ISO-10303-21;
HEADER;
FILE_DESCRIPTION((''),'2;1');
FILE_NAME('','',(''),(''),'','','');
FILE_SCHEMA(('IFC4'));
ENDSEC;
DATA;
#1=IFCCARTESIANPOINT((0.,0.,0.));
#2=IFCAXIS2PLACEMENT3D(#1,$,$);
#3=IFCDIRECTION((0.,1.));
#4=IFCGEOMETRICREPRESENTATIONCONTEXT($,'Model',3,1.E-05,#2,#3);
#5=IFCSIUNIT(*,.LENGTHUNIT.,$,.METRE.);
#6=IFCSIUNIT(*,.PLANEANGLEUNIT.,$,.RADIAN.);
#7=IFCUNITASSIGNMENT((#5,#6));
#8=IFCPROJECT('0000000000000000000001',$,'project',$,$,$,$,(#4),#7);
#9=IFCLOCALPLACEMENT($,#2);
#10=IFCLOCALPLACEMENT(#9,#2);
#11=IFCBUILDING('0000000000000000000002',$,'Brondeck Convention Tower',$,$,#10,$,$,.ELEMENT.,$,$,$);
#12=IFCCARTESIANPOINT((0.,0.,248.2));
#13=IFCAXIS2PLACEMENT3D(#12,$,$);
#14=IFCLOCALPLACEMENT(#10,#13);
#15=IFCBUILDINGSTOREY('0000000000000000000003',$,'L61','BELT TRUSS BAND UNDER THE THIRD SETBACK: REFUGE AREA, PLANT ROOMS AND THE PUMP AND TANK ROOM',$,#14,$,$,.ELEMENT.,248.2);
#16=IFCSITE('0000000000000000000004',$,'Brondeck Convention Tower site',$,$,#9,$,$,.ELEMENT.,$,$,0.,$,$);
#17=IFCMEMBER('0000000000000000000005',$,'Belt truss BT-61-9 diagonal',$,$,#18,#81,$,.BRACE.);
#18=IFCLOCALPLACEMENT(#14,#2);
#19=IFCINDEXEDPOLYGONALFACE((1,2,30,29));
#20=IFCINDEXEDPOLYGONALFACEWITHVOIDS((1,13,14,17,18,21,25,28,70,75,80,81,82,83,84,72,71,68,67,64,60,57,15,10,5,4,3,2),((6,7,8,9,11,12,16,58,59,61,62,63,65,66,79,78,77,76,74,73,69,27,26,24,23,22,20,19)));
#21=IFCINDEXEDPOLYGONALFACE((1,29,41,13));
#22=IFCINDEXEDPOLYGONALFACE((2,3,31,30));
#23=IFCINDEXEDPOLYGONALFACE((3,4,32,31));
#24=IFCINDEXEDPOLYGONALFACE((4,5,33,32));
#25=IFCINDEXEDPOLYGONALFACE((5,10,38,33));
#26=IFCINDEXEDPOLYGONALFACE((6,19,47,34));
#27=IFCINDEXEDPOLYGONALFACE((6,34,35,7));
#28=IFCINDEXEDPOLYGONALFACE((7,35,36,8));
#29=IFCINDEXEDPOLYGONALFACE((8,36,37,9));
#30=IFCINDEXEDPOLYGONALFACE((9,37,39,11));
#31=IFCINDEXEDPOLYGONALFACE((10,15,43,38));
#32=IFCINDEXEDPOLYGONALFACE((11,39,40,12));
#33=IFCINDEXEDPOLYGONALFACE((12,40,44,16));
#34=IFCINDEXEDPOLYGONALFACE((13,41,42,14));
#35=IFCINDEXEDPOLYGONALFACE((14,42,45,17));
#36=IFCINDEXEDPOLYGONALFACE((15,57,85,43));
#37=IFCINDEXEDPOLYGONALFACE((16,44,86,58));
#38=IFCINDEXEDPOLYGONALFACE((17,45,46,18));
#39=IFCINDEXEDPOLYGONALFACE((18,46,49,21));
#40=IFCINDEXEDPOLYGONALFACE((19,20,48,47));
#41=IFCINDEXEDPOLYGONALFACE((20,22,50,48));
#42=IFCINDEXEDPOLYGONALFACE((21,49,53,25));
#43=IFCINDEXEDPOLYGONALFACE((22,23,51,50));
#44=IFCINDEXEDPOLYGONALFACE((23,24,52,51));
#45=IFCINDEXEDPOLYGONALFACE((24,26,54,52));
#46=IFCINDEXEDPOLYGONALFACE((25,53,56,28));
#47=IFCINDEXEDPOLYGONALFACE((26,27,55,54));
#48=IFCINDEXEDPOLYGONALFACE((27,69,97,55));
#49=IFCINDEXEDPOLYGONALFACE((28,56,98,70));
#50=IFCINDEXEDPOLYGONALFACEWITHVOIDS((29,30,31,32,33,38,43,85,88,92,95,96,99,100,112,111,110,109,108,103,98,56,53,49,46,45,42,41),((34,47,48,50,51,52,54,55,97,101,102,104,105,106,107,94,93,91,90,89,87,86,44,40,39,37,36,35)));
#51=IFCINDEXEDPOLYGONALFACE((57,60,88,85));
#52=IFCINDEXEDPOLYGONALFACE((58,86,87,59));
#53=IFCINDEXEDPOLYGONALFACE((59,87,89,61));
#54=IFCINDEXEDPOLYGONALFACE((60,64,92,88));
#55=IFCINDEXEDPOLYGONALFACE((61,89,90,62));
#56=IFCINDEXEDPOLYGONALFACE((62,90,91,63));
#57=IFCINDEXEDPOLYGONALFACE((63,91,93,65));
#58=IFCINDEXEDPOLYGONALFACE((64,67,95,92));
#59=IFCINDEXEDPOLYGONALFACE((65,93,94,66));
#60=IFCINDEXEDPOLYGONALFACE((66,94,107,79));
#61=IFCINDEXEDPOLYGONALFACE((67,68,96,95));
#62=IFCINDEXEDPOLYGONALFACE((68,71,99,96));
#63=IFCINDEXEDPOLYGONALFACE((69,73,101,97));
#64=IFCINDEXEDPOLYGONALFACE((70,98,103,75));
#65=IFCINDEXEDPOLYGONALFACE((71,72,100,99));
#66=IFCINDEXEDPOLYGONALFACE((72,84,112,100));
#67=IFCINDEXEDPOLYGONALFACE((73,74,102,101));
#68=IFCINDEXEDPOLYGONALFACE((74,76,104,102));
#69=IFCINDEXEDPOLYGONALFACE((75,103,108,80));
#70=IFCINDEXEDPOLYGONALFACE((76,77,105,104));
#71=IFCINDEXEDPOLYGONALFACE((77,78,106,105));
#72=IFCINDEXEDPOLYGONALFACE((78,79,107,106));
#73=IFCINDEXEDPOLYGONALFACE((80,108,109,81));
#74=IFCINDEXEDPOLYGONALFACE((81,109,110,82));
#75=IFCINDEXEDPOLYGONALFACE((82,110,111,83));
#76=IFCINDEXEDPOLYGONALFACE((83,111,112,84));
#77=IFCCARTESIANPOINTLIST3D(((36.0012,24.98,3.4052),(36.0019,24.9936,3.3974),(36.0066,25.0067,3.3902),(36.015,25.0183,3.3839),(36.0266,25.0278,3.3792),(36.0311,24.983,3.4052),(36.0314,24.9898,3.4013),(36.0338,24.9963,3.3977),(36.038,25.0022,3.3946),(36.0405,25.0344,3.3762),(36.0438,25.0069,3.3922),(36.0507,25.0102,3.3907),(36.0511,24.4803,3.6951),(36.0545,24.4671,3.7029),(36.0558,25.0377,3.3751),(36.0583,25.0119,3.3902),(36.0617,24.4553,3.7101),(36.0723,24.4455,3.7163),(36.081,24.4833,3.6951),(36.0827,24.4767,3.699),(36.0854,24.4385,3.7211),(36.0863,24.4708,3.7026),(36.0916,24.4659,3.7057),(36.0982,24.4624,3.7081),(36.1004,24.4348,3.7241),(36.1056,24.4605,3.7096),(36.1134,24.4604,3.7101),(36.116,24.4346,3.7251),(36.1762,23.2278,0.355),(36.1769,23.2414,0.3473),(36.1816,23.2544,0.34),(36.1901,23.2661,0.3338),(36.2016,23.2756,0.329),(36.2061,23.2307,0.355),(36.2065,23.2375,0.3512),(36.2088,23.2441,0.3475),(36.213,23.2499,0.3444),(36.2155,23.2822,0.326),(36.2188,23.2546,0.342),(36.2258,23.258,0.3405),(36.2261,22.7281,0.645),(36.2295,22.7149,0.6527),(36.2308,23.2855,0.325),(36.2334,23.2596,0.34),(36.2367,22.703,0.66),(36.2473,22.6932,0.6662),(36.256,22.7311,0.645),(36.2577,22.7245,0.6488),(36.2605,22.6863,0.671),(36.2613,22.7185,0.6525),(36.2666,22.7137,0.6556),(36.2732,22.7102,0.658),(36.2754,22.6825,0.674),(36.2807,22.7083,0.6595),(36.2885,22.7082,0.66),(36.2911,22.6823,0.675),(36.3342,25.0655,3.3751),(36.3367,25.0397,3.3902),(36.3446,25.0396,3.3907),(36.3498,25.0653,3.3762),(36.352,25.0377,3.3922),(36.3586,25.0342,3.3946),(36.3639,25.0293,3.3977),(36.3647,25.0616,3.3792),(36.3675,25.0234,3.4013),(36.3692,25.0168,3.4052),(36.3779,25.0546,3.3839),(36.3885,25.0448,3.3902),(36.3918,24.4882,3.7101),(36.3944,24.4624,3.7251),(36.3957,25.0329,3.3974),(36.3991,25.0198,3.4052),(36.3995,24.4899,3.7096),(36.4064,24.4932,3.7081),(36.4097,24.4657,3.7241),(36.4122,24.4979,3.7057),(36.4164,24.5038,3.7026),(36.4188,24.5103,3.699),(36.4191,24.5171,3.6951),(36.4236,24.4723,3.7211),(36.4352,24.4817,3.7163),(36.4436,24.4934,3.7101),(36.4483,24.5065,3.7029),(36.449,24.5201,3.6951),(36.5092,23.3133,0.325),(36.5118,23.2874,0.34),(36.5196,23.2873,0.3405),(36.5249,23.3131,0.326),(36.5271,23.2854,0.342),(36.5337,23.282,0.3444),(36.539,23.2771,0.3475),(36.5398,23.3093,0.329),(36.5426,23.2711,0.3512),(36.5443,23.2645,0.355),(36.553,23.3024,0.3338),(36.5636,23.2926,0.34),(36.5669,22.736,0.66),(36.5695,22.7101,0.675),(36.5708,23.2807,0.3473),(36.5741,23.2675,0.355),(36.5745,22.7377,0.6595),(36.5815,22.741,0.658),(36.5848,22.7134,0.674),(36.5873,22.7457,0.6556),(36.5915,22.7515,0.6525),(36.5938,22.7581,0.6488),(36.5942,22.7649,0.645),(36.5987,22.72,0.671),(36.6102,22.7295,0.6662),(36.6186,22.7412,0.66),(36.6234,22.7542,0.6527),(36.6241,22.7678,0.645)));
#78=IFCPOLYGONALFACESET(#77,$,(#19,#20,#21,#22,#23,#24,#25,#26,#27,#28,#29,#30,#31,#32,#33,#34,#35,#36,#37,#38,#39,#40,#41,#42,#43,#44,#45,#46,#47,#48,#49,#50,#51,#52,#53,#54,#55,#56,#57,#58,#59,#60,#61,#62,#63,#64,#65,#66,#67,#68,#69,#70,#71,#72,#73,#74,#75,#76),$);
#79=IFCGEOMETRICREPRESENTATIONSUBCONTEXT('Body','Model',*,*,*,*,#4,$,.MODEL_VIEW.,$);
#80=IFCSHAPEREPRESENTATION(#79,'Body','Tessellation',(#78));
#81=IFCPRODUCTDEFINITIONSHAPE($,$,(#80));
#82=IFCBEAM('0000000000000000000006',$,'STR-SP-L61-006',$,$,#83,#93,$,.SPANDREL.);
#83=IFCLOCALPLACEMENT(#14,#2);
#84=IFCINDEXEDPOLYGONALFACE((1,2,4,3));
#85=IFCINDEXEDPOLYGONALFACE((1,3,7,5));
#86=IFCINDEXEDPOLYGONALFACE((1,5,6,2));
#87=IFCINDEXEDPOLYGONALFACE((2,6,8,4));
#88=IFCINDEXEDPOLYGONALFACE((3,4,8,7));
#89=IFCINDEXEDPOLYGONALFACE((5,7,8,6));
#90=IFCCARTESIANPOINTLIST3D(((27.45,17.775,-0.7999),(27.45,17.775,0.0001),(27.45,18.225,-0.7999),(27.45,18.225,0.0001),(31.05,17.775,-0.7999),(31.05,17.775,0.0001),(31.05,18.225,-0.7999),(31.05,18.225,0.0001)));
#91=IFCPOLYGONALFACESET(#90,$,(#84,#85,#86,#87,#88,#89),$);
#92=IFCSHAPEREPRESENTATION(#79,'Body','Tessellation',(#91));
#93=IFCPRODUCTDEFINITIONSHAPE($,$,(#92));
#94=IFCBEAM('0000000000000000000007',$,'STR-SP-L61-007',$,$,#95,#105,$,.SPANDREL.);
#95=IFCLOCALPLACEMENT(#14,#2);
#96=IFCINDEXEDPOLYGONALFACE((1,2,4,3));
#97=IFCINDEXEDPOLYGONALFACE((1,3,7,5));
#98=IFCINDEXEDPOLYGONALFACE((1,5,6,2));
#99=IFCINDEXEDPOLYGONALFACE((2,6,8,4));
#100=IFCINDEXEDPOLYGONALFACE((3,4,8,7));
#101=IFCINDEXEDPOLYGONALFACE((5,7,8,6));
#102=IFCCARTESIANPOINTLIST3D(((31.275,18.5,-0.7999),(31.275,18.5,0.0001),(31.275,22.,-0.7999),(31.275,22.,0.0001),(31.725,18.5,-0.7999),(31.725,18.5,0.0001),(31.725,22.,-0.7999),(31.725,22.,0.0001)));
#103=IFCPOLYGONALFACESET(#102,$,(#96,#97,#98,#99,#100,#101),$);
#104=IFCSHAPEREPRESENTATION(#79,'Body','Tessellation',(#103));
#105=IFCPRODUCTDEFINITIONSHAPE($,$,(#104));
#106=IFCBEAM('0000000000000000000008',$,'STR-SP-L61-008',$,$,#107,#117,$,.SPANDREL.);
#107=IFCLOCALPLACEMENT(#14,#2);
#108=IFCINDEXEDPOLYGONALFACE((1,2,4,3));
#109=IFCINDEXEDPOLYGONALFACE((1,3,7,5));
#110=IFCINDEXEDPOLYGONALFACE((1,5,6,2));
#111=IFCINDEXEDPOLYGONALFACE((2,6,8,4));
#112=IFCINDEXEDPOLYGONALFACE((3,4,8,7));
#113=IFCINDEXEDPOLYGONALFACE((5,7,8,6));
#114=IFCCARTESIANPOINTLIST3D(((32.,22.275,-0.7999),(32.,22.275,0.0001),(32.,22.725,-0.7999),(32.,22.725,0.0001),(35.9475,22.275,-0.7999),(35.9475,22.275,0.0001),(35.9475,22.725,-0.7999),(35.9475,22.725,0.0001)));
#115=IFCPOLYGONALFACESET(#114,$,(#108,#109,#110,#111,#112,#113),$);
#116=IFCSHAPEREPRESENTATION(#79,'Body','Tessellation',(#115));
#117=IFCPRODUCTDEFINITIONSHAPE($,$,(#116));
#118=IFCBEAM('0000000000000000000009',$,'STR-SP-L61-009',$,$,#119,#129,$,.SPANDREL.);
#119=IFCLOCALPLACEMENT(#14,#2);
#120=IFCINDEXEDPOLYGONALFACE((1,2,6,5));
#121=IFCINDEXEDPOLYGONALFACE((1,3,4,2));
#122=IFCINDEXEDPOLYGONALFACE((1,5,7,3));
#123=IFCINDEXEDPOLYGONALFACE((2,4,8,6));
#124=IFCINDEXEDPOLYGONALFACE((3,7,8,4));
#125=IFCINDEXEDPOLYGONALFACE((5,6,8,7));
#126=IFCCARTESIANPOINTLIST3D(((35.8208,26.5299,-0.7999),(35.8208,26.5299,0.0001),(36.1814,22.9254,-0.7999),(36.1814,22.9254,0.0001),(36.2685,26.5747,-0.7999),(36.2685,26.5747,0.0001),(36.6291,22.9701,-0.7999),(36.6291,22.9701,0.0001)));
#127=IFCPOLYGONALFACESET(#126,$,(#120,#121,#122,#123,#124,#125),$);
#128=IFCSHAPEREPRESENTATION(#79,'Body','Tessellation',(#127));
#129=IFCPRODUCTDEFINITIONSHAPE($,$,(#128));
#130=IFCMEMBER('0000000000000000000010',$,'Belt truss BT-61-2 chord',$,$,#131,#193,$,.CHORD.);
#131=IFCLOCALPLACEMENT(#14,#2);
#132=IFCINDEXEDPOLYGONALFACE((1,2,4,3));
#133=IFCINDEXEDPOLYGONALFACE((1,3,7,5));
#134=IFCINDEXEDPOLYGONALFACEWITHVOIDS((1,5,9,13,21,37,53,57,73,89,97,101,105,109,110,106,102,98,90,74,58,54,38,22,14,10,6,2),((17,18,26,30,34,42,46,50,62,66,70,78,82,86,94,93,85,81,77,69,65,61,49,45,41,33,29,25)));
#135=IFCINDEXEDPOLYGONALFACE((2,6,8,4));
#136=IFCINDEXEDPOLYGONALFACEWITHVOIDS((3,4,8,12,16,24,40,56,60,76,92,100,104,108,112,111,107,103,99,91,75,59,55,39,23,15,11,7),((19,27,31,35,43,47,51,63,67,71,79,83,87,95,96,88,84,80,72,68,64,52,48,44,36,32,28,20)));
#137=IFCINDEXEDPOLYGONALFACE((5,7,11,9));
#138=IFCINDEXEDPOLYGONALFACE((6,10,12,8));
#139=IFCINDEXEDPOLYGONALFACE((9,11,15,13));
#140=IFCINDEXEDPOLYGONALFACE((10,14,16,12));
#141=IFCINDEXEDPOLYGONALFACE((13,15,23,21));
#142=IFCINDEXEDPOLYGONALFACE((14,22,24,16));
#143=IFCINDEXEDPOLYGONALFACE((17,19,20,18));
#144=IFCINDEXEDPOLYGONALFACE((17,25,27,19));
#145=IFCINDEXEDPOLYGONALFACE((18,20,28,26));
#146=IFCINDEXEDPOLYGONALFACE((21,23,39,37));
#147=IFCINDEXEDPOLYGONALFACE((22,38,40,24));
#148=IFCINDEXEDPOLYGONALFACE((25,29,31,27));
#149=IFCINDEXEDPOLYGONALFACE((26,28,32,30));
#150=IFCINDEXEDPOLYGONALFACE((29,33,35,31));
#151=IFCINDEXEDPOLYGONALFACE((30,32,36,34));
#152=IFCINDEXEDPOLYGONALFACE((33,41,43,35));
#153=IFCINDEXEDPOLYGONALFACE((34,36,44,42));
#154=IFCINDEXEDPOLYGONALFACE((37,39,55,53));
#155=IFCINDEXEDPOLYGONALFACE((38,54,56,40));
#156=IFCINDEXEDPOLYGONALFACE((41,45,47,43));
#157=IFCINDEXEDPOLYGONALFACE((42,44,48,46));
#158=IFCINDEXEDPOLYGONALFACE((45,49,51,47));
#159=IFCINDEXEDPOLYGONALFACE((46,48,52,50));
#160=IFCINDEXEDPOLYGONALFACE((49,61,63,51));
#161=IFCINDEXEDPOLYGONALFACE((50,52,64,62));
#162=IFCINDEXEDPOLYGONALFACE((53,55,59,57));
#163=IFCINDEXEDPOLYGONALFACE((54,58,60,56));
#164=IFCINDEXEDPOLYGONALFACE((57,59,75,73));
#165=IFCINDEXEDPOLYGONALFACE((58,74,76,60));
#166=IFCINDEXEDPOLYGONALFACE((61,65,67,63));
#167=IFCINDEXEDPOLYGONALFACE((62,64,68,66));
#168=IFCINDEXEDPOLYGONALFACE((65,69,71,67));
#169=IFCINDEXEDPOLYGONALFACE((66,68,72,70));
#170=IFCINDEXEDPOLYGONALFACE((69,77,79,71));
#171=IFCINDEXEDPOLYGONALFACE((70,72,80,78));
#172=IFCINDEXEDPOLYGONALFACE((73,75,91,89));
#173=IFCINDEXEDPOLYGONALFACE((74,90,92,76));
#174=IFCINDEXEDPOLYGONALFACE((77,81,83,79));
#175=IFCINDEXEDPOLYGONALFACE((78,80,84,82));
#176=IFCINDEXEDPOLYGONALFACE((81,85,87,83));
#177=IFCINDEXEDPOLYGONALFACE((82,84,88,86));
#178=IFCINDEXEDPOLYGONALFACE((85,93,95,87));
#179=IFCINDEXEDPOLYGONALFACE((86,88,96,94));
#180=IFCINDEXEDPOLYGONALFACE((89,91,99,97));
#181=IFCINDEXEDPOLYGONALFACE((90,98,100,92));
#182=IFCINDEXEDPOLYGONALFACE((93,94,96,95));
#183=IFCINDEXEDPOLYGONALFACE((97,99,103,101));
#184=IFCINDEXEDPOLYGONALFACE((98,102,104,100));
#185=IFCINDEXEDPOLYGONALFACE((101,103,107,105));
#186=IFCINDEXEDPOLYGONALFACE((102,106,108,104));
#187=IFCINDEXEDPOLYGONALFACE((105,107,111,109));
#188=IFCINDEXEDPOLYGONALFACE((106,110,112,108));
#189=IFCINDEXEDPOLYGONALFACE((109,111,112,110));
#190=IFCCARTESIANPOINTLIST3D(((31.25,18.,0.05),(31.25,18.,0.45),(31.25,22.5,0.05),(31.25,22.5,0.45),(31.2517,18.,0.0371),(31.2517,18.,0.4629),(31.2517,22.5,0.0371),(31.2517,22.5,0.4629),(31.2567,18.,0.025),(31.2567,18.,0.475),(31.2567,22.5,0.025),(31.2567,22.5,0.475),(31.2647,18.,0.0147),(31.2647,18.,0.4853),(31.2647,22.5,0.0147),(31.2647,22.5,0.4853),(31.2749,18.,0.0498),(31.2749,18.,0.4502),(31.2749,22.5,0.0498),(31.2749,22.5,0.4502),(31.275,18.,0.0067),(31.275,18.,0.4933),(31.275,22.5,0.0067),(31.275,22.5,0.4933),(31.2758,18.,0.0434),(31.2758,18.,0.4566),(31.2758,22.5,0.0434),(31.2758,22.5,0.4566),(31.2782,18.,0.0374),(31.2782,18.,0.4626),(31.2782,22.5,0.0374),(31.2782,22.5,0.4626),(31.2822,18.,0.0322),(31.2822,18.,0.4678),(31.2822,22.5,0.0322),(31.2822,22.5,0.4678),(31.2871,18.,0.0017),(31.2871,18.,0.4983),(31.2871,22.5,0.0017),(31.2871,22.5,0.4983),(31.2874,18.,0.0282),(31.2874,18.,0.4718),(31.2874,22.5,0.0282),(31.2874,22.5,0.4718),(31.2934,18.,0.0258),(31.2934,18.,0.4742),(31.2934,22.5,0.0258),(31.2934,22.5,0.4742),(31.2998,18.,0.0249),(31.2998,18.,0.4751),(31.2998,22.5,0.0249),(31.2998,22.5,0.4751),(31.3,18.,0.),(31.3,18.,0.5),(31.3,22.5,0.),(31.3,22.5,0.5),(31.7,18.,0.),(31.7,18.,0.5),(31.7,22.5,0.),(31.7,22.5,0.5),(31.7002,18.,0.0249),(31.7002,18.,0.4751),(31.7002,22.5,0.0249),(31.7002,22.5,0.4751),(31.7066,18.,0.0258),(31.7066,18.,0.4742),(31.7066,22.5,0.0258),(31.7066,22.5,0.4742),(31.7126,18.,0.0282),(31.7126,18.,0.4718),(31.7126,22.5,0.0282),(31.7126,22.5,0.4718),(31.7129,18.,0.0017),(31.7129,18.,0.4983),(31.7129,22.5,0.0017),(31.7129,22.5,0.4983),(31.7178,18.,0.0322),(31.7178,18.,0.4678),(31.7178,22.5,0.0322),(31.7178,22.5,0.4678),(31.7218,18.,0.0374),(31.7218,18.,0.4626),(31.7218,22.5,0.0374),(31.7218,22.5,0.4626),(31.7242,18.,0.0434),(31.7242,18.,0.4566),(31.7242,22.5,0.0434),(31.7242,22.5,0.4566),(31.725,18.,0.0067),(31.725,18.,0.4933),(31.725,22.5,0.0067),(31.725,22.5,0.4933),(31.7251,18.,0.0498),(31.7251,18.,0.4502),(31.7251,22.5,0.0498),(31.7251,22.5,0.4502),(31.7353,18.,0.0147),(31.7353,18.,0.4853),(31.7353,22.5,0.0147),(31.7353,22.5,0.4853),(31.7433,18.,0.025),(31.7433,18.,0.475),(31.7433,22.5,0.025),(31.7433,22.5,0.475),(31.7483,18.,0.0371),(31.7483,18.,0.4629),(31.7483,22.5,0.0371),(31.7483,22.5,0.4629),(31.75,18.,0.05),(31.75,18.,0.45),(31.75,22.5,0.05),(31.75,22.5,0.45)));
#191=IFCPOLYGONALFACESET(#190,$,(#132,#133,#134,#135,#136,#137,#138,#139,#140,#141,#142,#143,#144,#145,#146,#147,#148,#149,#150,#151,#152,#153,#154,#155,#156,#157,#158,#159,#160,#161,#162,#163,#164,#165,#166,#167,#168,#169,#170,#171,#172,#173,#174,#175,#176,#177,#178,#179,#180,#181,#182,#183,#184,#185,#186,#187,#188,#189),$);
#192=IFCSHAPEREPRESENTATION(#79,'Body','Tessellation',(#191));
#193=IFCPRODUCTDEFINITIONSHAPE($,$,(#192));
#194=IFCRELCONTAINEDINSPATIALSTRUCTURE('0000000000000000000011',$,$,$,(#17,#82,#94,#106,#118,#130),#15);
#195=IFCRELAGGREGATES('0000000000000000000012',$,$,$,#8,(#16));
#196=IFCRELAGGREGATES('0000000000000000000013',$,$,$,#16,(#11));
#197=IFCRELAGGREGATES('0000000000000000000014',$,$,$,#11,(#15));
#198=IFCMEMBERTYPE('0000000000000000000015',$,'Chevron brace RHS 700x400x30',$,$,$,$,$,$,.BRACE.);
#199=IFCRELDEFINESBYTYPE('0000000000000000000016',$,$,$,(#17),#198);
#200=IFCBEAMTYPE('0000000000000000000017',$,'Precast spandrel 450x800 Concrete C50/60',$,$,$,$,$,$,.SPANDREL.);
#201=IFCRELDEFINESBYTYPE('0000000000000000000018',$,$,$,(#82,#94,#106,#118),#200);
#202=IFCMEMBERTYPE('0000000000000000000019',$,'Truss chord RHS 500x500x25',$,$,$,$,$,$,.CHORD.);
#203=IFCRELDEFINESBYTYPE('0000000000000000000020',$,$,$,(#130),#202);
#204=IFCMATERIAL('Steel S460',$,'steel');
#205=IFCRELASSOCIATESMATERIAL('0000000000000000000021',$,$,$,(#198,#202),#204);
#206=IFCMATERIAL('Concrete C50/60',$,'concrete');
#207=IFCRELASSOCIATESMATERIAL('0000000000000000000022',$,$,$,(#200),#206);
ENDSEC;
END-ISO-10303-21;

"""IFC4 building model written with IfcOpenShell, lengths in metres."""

from ifc_helpers import new_model, si_unit, direction, frame, origin, origin_2d, place, context, subcontext, project, spatial, rectangle, hollow_rectangle, extrude, material, material_profile, profile_set, type_object, element, save


model = new_model("IFC4")

# Units and contexts
model_context = context("Model", 3, precision=1e-05, world=origin(), true_north=direction((0.0, 1.0)))
body_context = subcontext(model_context, "Body", "Model", "MODEL_VIEW")
ifc_project = project(units=[si_unit("LENGTHUNIT", "METRE"), si_unit("PLANEANGLEUNIT", "RADIAN")], contexts=[model_context])

# Site, building, storey
site_placement = place(None, origin())
site = spatial("IfcSite", under=ifc_project, at=site_placement, Name="Brondeck Convention Tower site", CompositionType="ELEMENT", RefElevation=0.0)
building_placement = place(site_placement, origin())
building = spatial("IfcBuilding", under=site, at=building_placement, Name="Brondeck Convention Tower", CompositionType="ELEMENT")
storey_placement = place(building_placement, frame((0.0, 0.0, 248.2)))
storey = spatial("IfcBuildingStorey", under=building, at=storey_placement, Name="L61", Description="BELT TRUSS BAND UNDER THE THIRD SETBACK: REFUGE AREA, PLANT ROOMS AND THE PUMP AND TANK ROOM", CompositionType="ELEMENT", Elevation=248.2)

# Shared definitions
ifc_material_1 = material(Name="Concrete C50/60", Category="concrete")

# Member
ifc_material_2 = material(Name="Steel S460", Category="steel")
ifc_material_profile_1 = material_profile(ifc_material_2, hollow_rectangle(XDim=0.3999, YDim=0.7, WallThickness=0.03, InnerFilletRadius=0.03, OuterFilletRadius=0.0601, at=origin_2d()), Name="RHS 700x400x30")
ifc_profile_set_1 = profile_set([ifc_material_profile_1], Name="Steel S460")
member_type_1 = type_object("IfcMemberType", Name="Chevron brace RHS 700x400x30", PredefinedType="BRACE", material=ifc_profile_set_1)
member_1_placement = place(storey_placement, frame((36.4001, 22.9978, 0.5), z_axis=(-0.049703, 0.497518, 0.866029), x_axis=(-0.995047, -0.099408, 0.0)))
element("IfcMember", 1, at=member_1_placement, inside=storey, type_object=member_type_1, Name="Belt truss BT-61-9 diagonal", PredefinedType="BRACE", context=body_context, shape_type="SweptSolid", body=[
    extrude(hollow_rectangle(XDim=0.3999, YDim=0.7, WallThickness=0.03, InnerFilletRadius=0.03, OuterFilletRadius=0.0601, at=origin_2d()), origin(), (0.0, 0.0, 1.0), 3.522),
])

# Beams
ifc_material_profile_2 = material_profile(ifc_material_1, rectangle(XDim=0.45, YDim=0.8, at=origin_2d()), Name="Precast spandrel 450x800 Concrete C50/60")
ifc_profile_set_2 = profile_set([ifc_material_profile_2], Name="Concrete C50/60")
beam_type = type_object("IfcBeamType", Name="Precast spandrel 450x800 Concrete C50/60", PredefinedType="SPANDREL", material=ifc_profile_set_2)
beam_1_placement = place(storey_placement, frame((27.45, 18.0, -0.3999), z_axis=(1.0, 0.0, 0.0), x_axis=(0.0, 1.0, 0.0)))
element("IfcBeam", 2, at=beam_1_placement, inside=storey, type_object=beam_type, Name="STR-SP-L61-006", PredefinedType="SPANDREL", context=body_context, shape_type="SweptSolid", body=[
    extrude(rectangle(XDim=0.45, YDim=0.8, at=origin_2d()), origin(), (0.0, 0.0, 1.0), 3.6001),
])
beam_2_placement = place(storey_placement, frame((31.5, 18.5, -0.3999), z_axis=(0.0, 1.0, 0.0), x_axis=(-1.0, 0.0, 0.0)))
element("IfcBeam", 3, at=beam_2_placement, inside=storey, type_object=beam_type, Name="STR-SP-L61-007", PredefinedType="SPANDREL", context=body_context, shape_type="SweptSolid", body=[
    extrude(rectangle(XDim=0.45, YDim=0.8, at=origin_2d()), origin(), (0.0, 0.0, 1.0), 3.5),
])
beam_3_placement = place(storey_placement, frame((32.0, 22.5, -0.3999), z_axis=(1.0, 0.0, 0.0), x_axis=(0.0, 1.0, 0.0)))
element("IfcBeam", 4, at=beam_3_placement, inside=storey, type_object=beam_type, Name="STR-SP-L61-008", PredefinedType="SPANDREL", context=body_context, shape_type="SweptSolid", body=[
    extrude(rectangle(XDim=0.45, YDim=0.8, at=origin_2d()), origin(), (0.0, 0.0, 1.0), 3.9475),
])
beam_4_placement = place(storey_placement, frame((36.4053, 22.9478, -0.3999), z_axis=(-0.099544, 0.995033, 0.0), x_axis=(-0.995033, -0.099544, 0.0)))
element("IfcBeam", 5, at=beam_4_placement, inside=storey, type_object=beam_type, Name="STR-SP-L61-009", PredefinedType="SPANDREL", context=body_context, shape_type="SweptSolid", body=[
    extrude(rectangle(XDim=0.45, YDim=0.8, at=origin_2d()), origin(), (0.0, 0.0, 1.0), 3.6226),
])

# Member
ifc_material_profile_3 = material_profile(ifc_material_2, hollow_rectangle(XDim=0.5, YDim=0.5, WallThickness=0.0249, InnerFilletRadius=0.0249, OuterFilletRadius=0.05, at=origin_2d()), Name="RHS 500x500x25")
ifc_profile_set_3 = profile_set([ifc_material_profile_3], Name="Steel S460")
member_type_2 = type_object("IfcMemberType", Name="Truss chord RHS 500x500x25", PredefinedType="CHORD", material=ifc_profile_set_3)
member_2_placement = place(storey_placement, frame((31.5, 18.0, 0.25), z_axis=(0.0, 1.0, 0.0), x_axis=(-1.0, 0.0, 0.0)))
element("IfcMember", 6, at=member_2_placement, inside=storey, type_object=member_type_2, Name="Belt truss BT-61-2 chord", PredefinedType="CHORD", context=body_context, shape_type="SweptSolid", body=[
    extrude(hollow_rectangle(XDim=0.5, YDim=0.5, WallThickness=0.0249, InnerFilletRadius=0.0249, OuterFilletRadius=0.05, at=origin_2d()), origin(), (0.0, 0.0, 1.0), 4.5),
])

save(model, "model.ifc")
